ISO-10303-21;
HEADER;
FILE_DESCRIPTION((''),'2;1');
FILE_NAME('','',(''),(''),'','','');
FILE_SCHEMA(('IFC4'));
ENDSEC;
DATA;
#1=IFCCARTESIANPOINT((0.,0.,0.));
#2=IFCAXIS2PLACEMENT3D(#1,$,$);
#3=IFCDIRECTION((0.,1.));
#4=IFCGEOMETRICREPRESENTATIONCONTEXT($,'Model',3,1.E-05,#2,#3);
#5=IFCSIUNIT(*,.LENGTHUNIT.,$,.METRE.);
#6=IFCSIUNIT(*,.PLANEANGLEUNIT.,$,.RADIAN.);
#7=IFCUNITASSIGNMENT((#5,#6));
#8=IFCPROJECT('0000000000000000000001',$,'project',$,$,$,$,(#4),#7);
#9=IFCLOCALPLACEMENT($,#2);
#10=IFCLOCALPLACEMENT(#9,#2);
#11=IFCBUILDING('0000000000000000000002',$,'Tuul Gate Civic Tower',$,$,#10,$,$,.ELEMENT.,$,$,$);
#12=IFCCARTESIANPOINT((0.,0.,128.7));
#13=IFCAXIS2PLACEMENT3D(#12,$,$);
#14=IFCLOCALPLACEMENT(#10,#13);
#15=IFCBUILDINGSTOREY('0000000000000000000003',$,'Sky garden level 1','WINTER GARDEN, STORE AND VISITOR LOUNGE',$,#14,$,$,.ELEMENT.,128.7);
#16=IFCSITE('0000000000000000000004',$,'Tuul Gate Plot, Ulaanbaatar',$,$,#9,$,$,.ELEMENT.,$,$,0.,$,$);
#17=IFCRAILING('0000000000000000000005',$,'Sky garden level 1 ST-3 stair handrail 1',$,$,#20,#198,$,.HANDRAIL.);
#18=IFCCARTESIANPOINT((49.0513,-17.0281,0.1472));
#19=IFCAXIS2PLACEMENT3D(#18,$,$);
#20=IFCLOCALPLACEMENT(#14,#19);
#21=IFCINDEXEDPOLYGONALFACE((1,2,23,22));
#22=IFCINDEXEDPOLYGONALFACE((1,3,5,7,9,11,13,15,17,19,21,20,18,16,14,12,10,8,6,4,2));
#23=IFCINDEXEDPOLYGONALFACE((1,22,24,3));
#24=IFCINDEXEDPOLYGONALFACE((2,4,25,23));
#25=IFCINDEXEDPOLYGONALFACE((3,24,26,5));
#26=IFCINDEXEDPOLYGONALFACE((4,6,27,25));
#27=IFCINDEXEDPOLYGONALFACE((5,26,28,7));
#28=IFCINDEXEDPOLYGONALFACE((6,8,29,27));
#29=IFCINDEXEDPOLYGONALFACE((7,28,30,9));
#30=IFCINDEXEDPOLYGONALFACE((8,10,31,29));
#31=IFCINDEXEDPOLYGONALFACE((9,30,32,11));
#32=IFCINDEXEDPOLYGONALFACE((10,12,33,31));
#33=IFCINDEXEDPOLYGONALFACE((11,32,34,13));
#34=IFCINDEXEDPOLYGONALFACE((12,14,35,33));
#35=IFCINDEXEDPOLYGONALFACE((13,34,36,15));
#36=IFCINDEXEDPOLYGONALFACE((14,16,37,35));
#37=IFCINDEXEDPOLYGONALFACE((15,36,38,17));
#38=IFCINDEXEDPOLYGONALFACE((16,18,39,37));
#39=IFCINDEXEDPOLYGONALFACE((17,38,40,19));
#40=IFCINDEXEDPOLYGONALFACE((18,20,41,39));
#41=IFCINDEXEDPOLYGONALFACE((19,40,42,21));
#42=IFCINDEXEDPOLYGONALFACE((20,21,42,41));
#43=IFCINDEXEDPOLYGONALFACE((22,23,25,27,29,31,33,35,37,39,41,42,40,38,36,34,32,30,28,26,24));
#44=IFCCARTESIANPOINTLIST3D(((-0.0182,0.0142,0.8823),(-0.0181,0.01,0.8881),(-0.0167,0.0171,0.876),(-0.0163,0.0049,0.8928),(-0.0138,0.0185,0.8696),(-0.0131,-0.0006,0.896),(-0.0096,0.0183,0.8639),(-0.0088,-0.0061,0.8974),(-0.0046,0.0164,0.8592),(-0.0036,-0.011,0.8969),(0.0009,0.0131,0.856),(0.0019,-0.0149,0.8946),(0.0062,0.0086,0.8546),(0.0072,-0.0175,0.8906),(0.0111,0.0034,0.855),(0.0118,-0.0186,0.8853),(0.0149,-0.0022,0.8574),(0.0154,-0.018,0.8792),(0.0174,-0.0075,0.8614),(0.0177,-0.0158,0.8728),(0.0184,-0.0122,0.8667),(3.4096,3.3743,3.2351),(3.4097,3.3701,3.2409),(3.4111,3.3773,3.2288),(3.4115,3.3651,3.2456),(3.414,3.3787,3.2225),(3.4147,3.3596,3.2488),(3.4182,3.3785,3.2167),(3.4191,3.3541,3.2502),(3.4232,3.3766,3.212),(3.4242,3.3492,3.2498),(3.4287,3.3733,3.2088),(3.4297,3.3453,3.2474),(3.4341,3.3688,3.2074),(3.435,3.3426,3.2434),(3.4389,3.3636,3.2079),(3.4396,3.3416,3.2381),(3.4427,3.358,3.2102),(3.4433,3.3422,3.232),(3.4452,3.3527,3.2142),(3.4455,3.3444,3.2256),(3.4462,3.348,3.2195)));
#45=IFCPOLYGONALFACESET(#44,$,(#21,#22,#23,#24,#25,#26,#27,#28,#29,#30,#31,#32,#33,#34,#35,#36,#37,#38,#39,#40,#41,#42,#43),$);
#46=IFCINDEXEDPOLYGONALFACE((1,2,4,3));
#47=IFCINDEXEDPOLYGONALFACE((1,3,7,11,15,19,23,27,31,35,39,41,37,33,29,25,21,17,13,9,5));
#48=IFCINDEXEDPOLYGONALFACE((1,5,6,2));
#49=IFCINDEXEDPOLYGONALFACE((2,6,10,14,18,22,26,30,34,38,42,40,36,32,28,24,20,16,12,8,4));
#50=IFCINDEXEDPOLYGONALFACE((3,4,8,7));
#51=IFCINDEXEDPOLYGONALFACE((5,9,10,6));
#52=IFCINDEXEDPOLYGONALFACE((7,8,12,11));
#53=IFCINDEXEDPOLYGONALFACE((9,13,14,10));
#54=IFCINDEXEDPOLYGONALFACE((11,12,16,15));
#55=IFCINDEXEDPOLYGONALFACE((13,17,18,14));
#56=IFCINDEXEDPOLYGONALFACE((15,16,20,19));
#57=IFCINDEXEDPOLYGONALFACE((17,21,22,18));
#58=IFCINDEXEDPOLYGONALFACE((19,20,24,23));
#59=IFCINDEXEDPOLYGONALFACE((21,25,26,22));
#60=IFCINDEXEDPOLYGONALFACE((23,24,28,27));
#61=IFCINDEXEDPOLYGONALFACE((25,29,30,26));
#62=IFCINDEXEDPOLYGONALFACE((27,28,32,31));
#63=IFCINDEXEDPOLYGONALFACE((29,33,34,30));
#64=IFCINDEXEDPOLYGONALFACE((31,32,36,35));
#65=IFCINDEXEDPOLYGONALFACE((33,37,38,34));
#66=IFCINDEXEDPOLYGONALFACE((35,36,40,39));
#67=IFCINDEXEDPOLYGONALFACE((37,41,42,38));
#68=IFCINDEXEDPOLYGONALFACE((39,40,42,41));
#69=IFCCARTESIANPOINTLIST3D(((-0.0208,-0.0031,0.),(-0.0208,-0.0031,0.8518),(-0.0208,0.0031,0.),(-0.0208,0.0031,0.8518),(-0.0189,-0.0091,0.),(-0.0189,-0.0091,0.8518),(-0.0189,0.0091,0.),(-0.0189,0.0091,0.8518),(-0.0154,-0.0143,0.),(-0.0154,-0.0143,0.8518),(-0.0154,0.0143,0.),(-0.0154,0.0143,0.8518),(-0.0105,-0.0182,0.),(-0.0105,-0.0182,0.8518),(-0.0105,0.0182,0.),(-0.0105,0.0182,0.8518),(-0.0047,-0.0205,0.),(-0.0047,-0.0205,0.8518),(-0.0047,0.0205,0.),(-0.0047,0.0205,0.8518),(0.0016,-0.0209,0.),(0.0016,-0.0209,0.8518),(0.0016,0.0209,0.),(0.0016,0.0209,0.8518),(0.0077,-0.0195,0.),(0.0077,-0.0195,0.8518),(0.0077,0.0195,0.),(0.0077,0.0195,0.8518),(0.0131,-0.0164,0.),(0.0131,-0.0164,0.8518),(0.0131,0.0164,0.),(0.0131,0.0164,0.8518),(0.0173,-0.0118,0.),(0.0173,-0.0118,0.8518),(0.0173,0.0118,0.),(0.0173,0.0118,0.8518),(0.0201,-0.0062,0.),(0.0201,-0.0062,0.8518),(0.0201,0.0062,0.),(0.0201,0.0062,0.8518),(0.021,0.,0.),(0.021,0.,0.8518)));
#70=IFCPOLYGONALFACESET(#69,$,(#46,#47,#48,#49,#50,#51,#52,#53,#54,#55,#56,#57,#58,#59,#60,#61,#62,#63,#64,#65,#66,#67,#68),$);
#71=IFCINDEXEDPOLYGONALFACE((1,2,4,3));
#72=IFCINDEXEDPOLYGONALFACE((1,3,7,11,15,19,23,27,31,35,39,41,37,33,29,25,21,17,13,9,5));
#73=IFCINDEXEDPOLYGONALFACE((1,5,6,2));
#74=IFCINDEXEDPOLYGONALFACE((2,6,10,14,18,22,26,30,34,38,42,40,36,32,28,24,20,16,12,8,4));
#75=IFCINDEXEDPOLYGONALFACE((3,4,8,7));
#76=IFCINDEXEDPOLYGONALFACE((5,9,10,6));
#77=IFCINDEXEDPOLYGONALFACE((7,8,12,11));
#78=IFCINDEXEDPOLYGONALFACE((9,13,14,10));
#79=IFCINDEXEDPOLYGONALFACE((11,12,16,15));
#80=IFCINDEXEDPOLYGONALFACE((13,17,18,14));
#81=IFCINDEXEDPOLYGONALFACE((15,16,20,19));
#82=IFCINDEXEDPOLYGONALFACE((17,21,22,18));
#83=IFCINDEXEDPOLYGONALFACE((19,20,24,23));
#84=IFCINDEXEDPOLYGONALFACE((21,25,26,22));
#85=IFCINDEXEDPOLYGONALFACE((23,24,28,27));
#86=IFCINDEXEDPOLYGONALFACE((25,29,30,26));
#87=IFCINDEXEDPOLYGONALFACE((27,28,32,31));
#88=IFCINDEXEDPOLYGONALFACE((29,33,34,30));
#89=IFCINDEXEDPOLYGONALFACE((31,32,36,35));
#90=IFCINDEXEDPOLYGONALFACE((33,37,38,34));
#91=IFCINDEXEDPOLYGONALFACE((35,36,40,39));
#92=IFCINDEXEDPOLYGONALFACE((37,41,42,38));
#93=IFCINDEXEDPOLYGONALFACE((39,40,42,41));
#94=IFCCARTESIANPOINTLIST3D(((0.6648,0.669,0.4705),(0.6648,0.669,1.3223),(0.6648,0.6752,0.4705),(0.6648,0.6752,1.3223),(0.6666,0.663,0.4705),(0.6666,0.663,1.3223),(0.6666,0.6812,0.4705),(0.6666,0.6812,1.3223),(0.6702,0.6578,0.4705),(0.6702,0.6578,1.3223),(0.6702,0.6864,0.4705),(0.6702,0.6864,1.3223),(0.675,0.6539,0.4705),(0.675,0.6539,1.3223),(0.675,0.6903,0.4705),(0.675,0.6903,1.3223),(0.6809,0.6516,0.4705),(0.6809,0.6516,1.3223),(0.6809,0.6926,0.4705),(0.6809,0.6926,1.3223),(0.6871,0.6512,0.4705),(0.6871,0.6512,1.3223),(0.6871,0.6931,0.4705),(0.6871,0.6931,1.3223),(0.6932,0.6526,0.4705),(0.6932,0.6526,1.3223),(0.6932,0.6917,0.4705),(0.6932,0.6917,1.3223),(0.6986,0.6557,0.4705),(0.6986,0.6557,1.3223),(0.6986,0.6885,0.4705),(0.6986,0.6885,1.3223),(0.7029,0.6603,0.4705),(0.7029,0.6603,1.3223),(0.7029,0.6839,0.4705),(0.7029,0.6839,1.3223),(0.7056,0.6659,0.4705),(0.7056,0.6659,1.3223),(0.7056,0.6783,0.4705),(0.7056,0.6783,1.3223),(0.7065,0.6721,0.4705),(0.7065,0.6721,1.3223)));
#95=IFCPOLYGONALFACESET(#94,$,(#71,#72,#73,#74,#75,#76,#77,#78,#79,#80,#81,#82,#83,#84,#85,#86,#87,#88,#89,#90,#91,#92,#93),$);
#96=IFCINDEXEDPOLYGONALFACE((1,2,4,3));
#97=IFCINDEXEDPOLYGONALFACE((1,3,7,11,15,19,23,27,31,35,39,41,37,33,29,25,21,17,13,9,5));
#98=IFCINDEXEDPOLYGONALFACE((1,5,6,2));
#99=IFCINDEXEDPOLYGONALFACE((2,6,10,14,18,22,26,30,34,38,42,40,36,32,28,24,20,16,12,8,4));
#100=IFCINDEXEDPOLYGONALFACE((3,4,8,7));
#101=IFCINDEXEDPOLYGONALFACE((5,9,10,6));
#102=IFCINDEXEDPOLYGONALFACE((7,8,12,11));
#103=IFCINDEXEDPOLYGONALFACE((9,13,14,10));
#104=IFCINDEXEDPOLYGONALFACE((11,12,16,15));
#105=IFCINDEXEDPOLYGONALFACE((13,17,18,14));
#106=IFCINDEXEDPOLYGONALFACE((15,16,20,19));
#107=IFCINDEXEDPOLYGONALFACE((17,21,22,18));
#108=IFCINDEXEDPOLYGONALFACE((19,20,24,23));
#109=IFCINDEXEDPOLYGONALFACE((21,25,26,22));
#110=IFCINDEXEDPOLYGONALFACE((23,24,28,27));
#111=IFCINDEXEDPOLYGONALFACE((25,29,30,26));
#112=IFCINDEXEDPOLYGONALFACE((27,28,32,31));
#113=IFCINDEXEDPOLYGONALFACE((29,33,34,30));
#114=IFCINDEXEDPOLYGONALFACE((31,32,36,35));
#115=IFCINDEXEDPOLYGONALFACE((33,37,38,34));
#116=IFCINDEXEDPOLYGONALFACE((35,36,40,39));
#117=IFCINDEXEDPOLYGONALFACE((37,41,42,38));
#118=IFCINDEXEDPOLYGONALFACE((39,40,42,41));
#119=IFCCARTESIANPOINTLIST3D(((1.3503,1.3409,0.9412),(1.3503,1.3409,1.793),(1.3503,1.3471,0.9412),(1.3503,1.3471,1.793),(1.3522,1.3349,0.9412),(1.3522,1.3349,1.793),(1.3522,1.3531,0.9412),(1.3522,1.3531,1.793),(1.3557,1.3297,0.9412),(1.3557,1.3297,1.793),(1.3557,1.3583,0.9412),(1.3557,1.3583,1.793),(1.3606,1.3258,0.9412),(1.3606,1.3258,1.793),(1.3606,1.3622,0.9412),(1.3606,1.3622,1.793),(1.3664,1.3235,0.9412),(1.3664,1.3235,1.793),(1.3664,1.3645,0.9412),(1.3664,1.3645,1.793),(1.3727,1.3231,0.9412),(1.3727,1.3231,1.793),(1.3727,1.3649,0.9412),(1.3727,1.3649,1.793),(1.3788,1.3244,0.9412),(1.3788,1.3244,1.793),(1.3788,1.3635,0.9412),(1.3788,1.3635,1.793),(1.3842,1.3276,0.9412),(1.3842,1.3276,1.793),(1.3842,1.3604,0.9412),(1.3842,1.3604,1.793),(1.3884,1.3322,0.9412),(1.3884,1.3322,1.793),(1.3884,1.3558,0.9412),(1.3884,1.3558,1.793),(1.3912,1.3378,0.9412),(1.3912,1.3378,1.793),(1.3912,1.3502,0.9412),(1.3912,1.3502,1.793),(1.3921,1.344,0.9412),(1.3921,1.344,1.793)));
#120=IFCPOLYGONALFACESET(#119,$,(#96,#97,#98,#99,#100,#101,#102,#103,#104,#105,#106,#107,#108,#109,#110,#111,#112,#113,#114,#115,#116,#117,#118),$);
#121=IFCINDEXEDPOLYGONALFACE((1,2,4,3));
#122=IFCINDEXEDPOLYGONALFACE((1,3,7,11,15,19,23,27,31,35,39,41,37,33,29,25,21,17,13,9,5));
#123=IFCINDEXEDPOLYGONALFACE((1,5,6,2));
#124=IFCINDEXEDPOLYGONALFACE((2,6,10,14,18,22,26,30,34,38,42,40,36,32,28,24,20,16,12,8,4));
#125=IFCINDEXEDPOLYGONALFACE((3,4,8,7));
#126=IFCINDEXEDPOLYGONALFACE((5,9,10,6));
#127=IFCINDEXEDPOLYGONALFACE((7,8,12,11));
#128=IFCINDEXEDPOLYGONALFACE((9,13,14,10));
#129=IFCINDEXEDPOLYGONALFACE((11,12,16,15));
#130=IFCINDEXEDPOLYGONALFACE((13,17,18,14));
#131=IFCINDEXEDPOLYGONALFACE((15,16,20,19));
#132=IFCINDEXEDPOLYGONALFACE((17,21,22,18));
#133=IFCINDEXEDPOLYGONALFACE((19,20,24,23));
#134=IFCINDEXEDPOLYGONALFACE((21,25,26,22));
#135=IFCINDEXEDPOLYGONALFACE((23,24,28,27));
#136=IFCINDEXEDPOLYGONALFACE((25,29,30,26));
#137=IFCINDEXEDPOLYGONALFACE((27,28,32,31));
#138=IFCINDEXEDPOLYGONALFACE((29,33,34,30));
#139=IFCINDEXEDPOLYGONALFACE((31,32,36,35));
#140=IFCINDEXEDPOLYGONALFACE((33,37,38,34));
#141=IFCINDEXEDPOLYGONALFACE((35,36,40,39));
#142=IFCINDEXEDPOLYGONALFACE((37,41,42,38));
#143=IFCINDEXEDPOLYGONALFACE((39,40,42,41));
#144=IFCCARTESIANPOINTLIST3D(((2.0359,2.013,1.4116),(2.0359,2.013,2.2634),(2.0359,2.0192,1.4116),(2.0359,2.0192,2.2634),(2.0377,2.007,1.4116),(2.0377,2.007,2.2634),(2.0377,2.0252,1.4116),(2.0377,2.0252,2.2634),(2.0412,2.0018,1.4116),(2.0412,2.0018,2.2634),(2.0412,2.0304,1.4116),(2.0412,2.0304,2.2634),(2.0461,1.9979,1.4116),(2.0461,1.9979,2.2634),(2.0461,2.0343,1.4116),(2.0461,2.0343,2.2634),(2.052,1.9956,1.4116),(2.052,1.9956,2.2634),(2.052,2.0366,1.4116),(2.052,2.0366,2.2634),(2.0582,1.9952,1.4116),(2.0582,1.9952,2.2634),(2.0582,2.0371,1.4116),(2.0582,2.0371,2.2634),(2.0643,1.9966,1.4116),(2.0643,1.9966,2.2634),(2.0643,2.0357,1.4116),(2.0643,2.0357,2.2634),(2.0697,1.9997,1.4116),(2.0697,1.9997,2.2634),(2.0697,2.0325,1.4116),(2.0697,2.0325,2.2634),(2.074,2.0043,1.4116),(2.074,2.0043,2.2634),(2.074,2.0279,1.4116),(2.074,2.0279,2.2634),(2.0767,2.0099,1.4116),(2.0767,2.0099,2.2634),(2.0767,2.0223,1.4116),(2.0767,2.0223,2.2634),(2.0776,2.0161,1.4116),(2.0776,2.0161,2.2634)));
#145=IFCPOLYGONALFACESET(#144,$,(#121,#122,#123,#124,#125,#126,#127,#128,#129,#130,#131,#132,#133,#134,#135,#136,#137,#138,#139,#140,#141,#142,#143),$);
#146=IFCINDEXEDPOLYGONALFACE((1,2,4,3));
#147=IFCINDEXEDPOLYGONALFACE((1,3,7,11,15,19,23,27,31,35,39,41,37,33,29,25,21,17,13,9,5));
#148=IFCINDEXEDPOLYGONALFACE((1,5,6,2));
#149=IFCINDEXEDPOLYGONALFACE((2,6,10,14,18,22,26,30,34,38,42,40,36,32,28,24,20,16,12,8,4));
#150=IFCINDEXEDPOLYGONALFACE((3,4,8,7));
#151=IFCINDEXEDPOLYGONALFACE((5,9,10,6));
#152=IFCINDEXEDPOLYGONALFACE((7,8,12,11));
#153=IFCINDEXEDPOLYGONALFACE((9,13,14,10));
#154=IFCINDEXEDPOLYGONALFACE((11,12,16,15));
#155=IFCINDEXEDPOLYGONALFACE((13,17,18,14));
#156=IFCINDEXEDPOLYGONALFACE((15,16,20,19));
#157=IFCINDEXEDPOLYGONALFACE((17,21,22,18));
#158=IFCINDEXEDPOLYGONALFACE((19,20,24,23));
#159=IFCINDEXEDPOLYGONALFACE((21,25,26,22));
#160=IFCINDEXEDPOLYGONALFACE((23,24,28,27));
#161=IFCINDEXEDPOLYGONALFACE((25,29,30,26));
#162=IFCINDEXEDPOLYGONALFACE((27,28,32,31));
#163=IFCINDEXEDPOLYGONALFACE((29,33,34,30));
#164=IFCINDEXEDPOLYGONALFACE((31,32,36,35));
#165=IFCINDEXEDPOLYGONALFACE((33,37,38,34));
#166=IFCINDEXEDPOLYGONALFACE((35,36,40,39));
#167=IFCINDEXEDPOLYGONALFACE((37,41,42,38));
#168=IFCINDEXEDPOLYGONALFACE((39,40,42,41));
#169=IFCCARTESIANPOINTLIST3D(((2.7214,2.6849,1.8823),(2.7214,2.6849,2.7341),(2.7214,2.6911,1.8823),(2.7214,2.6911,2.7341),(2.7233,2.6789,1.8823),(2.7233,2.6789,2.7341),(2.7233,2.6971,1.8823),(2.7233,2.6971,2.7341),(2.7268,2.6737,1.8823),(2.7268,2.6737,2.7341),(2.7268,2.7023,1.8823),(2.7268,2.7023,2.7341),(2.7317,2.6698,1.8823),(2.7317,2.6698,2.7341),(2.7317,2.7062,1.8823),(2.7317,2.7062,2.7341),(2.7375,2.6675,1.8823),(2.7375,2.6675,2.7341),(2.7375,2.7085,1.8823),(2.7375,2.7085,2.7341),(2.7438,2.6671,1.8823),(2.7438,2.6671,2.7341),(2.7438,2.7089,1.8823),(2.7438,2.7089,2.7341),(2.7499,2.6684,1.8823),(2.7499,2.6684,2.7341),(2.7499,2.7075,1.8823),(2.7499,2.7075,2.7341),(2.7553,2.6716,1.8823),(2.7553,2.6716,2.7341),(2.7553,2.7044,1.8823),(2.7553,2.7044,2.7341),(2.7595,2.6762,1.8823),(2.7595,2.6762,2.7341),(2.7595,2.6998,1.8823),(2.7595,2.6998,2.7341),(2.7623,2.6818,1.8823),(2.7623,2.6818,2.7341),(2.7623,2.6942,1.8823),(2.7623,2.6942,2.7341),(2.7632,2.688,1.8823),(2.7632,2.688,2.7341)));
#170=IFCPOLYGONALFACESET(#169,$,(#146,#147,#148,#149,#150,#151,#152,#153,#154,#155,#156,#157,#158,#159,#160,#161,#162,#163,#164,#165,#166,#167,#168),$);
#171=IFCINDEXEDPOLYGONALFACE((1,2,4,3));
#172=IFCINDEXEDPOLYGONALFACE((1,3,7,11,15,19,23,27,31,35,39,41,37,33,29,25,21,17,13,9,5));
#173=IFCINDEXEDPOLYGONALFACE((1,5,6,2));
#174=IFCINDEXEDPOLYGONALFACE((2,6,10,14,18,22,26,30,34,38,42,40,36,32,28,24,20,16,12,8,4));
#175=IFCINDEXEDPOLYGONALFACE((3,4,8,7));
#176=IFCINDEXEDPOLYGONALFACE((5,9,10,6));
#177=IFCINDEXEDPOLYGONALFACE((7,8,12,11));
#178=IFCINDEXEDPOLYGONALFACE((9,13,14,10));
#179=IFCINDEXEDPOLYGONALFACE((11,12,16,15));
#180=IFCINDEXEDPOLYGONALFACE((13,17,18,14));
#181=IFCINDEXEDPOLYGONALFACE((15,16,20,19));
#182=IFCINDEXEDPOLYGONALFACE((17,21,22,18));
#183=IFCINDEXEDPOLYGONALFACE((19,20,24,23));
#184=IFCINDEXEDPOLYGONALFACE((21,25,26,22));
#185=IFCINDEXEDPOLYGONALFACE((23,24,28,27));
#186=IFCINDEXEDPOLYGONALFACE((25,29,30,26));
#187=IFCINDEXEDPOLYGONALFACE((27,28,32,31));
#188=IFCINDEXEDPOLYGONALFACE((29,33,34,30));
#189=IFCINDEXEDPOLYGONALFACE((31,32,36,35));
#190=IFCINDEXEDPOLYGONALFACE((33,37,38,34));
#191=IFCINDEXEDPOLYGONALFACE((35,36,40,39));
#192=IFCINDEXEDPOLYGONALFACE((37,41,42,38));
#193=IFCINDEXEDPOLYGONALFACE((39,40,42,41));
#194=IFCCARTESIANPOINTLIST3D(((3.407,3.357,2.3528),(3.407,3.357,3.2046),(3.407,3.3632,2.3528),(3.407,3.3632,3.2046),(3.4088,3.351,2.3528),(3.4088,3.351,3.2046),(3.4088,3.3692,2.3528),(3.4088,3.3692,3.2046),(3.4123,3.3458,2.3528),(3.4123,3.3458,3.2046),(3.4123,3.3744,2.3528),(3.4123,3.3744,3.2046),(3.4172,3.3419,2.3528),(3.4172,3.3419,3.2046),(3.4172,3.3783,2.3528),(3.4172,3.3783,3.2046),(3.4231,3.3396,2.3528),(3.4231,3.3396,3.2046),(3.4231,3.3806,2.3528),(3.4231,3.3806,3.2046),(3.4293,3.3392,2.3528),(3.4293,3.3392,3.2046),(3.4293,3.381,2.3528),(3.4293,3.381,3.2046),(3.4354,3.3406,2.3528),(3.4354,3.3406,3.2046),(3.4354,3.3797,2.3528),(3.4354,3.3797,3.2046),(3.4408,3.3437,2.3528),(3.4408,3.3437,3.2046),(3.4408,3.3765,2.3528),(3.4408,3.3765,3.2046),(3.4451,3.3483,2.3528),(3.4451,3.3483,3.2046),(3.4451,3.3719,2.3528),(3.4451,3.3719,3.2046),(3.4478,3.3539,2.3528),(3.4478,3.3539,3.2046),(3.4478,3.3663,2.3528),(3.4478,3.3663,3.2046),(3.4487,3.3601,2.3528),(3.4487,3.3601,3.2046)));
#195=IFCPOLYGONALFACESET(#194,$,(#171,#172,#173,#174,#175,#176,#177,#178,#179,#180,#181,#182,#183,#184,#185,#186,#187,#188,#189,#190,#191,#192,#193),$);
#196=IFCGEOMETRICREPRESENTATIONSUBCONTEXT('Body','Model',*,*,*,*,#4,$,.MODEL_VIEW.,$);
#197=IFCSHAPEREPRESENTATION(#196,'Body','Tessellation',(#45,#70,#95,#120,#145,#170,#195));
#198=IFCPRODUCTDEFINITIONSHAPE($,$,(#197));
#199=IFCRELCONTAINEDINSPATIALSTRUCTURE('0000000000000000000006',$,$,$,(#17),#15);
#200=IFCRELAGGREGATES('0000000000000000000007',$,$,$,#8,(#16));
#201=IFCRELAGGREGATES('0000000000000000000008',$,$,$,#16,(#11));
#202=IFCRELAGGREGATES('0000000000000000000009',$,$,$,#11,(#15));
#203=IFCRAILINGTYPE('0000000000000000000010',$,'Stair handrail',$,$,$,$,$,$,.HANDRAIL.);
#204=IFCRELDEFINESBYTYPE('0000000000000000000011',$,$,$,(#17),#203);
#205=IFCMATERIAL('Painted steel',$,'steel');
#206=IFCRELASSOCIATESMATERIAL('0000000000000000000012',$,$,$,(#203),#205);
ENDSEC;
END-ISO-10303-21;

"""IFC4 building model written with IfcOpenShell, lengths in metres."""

from ifc_helpers import new_model, si_unit, direction, frame, origin, origin_2d, place, context, subcontext, project, spatial, circle, extrude, material, type_object, element, save


model = new_model("IFC4")

# Units and contexts
model_context = context("Model", 3, precision=1e-05, world=origin(), true_north=direction((0.0, 1.0)))
body_context = subcontext(model_context, "Body", "Model", "MODEL_VIEW")
ifc_project = project(units=[si_unit("LENGTHUNIT", "METRE"), si_unit("PLANEANGLEUNIT", "RADIAN")], contexts=[model_context])

# Site, building, storey
site_placement = place(None, origin())
site = spatial("IfcSite", under=ifc_project, at=site_placement, Name="Tuul Gate Plot, Ulaanbaatar", CompositionType="ELEMENT", RefElevation=0.0)
building_placement = place(site_placement, origin())
building = spatial("IfcBuilding", under=site, at=building_placement, Name="Tuul Gate Civic Tower", CompositionType="ELEMENT")
storey_placement = place(building_placement, frame((0.0, 0.0, 128.7)))
storey = spatial("IfcBuildingStorey", under=building, at=storey_placement, Name="Sky garden level 1", Description="WINTER GARDEN, STORE AND VISITOR LOUNGE", CompositionType="ELEMENT", Elevation=128.7)

# Railing
ifc_material_1 = material(Name="Painted steel", Category="steel")
railing_type = type_object("IfcRailingType", Name="Stair handrail", PredefinedType="HANDRAIL", material=ifc_material_1)
railing_placement = place(storey_placement, frame((49.0513, -17.0281, 0.1472)))
element("IfcRailing", 1, at=railing_placement, inside=storey, type_object=railing_type, Name="Sky garden level 1 ST-3 stair handrail 1", PredefinedType="HANDRAIL", context=body_context, shape_type="SweptSolid", body=[
    extrude(circle(Radius=0.0239, at=origin_2d()), frame((0.0, 0.0, 0.876), z_axis=(0.641227, 0.628576, 0.440136), x_axis=(-0.700027, 0.714116, 0.0)), (0.0, 0.0, 1.0), 5.3457),
    extrude(circle(Radius=0.021, at=origin_2d()), origin(), (0.0, 0.0, 1.0), 0.8518),
    extrude(circle(Radius=0.021, at=origin_2d()), frame((0.6855, 0.6721, 0.4705)), (0.0, 0.0, 1.0), 0.8518),
    extrude(circle(Radius=0.021, at=origin_2d()), frame((1.3711, 1.344, 0.9412)), (0.0, 0.0, 1.0), 0.8518),
    extrude(circle(Radius=0.021, at=origin_2d()), frame((2.0566, 2.0161, 1.4116)), (0.0, 0.0, 1.0), 0.8518),
    extrude(circle(Radius=0.021, at=origin_2d()), frame((2.7422, 2.688, 1.8823)), (0.0, 0.0, 1.0), 0.8518),
    extrude(circle(Radius=0.021, at=origin_2d()), frame((3.4277, 3.3601, 2.3528)), (0.0, 0.0, 1.0), 0.8518),
])

save(model, "model.ifc")
